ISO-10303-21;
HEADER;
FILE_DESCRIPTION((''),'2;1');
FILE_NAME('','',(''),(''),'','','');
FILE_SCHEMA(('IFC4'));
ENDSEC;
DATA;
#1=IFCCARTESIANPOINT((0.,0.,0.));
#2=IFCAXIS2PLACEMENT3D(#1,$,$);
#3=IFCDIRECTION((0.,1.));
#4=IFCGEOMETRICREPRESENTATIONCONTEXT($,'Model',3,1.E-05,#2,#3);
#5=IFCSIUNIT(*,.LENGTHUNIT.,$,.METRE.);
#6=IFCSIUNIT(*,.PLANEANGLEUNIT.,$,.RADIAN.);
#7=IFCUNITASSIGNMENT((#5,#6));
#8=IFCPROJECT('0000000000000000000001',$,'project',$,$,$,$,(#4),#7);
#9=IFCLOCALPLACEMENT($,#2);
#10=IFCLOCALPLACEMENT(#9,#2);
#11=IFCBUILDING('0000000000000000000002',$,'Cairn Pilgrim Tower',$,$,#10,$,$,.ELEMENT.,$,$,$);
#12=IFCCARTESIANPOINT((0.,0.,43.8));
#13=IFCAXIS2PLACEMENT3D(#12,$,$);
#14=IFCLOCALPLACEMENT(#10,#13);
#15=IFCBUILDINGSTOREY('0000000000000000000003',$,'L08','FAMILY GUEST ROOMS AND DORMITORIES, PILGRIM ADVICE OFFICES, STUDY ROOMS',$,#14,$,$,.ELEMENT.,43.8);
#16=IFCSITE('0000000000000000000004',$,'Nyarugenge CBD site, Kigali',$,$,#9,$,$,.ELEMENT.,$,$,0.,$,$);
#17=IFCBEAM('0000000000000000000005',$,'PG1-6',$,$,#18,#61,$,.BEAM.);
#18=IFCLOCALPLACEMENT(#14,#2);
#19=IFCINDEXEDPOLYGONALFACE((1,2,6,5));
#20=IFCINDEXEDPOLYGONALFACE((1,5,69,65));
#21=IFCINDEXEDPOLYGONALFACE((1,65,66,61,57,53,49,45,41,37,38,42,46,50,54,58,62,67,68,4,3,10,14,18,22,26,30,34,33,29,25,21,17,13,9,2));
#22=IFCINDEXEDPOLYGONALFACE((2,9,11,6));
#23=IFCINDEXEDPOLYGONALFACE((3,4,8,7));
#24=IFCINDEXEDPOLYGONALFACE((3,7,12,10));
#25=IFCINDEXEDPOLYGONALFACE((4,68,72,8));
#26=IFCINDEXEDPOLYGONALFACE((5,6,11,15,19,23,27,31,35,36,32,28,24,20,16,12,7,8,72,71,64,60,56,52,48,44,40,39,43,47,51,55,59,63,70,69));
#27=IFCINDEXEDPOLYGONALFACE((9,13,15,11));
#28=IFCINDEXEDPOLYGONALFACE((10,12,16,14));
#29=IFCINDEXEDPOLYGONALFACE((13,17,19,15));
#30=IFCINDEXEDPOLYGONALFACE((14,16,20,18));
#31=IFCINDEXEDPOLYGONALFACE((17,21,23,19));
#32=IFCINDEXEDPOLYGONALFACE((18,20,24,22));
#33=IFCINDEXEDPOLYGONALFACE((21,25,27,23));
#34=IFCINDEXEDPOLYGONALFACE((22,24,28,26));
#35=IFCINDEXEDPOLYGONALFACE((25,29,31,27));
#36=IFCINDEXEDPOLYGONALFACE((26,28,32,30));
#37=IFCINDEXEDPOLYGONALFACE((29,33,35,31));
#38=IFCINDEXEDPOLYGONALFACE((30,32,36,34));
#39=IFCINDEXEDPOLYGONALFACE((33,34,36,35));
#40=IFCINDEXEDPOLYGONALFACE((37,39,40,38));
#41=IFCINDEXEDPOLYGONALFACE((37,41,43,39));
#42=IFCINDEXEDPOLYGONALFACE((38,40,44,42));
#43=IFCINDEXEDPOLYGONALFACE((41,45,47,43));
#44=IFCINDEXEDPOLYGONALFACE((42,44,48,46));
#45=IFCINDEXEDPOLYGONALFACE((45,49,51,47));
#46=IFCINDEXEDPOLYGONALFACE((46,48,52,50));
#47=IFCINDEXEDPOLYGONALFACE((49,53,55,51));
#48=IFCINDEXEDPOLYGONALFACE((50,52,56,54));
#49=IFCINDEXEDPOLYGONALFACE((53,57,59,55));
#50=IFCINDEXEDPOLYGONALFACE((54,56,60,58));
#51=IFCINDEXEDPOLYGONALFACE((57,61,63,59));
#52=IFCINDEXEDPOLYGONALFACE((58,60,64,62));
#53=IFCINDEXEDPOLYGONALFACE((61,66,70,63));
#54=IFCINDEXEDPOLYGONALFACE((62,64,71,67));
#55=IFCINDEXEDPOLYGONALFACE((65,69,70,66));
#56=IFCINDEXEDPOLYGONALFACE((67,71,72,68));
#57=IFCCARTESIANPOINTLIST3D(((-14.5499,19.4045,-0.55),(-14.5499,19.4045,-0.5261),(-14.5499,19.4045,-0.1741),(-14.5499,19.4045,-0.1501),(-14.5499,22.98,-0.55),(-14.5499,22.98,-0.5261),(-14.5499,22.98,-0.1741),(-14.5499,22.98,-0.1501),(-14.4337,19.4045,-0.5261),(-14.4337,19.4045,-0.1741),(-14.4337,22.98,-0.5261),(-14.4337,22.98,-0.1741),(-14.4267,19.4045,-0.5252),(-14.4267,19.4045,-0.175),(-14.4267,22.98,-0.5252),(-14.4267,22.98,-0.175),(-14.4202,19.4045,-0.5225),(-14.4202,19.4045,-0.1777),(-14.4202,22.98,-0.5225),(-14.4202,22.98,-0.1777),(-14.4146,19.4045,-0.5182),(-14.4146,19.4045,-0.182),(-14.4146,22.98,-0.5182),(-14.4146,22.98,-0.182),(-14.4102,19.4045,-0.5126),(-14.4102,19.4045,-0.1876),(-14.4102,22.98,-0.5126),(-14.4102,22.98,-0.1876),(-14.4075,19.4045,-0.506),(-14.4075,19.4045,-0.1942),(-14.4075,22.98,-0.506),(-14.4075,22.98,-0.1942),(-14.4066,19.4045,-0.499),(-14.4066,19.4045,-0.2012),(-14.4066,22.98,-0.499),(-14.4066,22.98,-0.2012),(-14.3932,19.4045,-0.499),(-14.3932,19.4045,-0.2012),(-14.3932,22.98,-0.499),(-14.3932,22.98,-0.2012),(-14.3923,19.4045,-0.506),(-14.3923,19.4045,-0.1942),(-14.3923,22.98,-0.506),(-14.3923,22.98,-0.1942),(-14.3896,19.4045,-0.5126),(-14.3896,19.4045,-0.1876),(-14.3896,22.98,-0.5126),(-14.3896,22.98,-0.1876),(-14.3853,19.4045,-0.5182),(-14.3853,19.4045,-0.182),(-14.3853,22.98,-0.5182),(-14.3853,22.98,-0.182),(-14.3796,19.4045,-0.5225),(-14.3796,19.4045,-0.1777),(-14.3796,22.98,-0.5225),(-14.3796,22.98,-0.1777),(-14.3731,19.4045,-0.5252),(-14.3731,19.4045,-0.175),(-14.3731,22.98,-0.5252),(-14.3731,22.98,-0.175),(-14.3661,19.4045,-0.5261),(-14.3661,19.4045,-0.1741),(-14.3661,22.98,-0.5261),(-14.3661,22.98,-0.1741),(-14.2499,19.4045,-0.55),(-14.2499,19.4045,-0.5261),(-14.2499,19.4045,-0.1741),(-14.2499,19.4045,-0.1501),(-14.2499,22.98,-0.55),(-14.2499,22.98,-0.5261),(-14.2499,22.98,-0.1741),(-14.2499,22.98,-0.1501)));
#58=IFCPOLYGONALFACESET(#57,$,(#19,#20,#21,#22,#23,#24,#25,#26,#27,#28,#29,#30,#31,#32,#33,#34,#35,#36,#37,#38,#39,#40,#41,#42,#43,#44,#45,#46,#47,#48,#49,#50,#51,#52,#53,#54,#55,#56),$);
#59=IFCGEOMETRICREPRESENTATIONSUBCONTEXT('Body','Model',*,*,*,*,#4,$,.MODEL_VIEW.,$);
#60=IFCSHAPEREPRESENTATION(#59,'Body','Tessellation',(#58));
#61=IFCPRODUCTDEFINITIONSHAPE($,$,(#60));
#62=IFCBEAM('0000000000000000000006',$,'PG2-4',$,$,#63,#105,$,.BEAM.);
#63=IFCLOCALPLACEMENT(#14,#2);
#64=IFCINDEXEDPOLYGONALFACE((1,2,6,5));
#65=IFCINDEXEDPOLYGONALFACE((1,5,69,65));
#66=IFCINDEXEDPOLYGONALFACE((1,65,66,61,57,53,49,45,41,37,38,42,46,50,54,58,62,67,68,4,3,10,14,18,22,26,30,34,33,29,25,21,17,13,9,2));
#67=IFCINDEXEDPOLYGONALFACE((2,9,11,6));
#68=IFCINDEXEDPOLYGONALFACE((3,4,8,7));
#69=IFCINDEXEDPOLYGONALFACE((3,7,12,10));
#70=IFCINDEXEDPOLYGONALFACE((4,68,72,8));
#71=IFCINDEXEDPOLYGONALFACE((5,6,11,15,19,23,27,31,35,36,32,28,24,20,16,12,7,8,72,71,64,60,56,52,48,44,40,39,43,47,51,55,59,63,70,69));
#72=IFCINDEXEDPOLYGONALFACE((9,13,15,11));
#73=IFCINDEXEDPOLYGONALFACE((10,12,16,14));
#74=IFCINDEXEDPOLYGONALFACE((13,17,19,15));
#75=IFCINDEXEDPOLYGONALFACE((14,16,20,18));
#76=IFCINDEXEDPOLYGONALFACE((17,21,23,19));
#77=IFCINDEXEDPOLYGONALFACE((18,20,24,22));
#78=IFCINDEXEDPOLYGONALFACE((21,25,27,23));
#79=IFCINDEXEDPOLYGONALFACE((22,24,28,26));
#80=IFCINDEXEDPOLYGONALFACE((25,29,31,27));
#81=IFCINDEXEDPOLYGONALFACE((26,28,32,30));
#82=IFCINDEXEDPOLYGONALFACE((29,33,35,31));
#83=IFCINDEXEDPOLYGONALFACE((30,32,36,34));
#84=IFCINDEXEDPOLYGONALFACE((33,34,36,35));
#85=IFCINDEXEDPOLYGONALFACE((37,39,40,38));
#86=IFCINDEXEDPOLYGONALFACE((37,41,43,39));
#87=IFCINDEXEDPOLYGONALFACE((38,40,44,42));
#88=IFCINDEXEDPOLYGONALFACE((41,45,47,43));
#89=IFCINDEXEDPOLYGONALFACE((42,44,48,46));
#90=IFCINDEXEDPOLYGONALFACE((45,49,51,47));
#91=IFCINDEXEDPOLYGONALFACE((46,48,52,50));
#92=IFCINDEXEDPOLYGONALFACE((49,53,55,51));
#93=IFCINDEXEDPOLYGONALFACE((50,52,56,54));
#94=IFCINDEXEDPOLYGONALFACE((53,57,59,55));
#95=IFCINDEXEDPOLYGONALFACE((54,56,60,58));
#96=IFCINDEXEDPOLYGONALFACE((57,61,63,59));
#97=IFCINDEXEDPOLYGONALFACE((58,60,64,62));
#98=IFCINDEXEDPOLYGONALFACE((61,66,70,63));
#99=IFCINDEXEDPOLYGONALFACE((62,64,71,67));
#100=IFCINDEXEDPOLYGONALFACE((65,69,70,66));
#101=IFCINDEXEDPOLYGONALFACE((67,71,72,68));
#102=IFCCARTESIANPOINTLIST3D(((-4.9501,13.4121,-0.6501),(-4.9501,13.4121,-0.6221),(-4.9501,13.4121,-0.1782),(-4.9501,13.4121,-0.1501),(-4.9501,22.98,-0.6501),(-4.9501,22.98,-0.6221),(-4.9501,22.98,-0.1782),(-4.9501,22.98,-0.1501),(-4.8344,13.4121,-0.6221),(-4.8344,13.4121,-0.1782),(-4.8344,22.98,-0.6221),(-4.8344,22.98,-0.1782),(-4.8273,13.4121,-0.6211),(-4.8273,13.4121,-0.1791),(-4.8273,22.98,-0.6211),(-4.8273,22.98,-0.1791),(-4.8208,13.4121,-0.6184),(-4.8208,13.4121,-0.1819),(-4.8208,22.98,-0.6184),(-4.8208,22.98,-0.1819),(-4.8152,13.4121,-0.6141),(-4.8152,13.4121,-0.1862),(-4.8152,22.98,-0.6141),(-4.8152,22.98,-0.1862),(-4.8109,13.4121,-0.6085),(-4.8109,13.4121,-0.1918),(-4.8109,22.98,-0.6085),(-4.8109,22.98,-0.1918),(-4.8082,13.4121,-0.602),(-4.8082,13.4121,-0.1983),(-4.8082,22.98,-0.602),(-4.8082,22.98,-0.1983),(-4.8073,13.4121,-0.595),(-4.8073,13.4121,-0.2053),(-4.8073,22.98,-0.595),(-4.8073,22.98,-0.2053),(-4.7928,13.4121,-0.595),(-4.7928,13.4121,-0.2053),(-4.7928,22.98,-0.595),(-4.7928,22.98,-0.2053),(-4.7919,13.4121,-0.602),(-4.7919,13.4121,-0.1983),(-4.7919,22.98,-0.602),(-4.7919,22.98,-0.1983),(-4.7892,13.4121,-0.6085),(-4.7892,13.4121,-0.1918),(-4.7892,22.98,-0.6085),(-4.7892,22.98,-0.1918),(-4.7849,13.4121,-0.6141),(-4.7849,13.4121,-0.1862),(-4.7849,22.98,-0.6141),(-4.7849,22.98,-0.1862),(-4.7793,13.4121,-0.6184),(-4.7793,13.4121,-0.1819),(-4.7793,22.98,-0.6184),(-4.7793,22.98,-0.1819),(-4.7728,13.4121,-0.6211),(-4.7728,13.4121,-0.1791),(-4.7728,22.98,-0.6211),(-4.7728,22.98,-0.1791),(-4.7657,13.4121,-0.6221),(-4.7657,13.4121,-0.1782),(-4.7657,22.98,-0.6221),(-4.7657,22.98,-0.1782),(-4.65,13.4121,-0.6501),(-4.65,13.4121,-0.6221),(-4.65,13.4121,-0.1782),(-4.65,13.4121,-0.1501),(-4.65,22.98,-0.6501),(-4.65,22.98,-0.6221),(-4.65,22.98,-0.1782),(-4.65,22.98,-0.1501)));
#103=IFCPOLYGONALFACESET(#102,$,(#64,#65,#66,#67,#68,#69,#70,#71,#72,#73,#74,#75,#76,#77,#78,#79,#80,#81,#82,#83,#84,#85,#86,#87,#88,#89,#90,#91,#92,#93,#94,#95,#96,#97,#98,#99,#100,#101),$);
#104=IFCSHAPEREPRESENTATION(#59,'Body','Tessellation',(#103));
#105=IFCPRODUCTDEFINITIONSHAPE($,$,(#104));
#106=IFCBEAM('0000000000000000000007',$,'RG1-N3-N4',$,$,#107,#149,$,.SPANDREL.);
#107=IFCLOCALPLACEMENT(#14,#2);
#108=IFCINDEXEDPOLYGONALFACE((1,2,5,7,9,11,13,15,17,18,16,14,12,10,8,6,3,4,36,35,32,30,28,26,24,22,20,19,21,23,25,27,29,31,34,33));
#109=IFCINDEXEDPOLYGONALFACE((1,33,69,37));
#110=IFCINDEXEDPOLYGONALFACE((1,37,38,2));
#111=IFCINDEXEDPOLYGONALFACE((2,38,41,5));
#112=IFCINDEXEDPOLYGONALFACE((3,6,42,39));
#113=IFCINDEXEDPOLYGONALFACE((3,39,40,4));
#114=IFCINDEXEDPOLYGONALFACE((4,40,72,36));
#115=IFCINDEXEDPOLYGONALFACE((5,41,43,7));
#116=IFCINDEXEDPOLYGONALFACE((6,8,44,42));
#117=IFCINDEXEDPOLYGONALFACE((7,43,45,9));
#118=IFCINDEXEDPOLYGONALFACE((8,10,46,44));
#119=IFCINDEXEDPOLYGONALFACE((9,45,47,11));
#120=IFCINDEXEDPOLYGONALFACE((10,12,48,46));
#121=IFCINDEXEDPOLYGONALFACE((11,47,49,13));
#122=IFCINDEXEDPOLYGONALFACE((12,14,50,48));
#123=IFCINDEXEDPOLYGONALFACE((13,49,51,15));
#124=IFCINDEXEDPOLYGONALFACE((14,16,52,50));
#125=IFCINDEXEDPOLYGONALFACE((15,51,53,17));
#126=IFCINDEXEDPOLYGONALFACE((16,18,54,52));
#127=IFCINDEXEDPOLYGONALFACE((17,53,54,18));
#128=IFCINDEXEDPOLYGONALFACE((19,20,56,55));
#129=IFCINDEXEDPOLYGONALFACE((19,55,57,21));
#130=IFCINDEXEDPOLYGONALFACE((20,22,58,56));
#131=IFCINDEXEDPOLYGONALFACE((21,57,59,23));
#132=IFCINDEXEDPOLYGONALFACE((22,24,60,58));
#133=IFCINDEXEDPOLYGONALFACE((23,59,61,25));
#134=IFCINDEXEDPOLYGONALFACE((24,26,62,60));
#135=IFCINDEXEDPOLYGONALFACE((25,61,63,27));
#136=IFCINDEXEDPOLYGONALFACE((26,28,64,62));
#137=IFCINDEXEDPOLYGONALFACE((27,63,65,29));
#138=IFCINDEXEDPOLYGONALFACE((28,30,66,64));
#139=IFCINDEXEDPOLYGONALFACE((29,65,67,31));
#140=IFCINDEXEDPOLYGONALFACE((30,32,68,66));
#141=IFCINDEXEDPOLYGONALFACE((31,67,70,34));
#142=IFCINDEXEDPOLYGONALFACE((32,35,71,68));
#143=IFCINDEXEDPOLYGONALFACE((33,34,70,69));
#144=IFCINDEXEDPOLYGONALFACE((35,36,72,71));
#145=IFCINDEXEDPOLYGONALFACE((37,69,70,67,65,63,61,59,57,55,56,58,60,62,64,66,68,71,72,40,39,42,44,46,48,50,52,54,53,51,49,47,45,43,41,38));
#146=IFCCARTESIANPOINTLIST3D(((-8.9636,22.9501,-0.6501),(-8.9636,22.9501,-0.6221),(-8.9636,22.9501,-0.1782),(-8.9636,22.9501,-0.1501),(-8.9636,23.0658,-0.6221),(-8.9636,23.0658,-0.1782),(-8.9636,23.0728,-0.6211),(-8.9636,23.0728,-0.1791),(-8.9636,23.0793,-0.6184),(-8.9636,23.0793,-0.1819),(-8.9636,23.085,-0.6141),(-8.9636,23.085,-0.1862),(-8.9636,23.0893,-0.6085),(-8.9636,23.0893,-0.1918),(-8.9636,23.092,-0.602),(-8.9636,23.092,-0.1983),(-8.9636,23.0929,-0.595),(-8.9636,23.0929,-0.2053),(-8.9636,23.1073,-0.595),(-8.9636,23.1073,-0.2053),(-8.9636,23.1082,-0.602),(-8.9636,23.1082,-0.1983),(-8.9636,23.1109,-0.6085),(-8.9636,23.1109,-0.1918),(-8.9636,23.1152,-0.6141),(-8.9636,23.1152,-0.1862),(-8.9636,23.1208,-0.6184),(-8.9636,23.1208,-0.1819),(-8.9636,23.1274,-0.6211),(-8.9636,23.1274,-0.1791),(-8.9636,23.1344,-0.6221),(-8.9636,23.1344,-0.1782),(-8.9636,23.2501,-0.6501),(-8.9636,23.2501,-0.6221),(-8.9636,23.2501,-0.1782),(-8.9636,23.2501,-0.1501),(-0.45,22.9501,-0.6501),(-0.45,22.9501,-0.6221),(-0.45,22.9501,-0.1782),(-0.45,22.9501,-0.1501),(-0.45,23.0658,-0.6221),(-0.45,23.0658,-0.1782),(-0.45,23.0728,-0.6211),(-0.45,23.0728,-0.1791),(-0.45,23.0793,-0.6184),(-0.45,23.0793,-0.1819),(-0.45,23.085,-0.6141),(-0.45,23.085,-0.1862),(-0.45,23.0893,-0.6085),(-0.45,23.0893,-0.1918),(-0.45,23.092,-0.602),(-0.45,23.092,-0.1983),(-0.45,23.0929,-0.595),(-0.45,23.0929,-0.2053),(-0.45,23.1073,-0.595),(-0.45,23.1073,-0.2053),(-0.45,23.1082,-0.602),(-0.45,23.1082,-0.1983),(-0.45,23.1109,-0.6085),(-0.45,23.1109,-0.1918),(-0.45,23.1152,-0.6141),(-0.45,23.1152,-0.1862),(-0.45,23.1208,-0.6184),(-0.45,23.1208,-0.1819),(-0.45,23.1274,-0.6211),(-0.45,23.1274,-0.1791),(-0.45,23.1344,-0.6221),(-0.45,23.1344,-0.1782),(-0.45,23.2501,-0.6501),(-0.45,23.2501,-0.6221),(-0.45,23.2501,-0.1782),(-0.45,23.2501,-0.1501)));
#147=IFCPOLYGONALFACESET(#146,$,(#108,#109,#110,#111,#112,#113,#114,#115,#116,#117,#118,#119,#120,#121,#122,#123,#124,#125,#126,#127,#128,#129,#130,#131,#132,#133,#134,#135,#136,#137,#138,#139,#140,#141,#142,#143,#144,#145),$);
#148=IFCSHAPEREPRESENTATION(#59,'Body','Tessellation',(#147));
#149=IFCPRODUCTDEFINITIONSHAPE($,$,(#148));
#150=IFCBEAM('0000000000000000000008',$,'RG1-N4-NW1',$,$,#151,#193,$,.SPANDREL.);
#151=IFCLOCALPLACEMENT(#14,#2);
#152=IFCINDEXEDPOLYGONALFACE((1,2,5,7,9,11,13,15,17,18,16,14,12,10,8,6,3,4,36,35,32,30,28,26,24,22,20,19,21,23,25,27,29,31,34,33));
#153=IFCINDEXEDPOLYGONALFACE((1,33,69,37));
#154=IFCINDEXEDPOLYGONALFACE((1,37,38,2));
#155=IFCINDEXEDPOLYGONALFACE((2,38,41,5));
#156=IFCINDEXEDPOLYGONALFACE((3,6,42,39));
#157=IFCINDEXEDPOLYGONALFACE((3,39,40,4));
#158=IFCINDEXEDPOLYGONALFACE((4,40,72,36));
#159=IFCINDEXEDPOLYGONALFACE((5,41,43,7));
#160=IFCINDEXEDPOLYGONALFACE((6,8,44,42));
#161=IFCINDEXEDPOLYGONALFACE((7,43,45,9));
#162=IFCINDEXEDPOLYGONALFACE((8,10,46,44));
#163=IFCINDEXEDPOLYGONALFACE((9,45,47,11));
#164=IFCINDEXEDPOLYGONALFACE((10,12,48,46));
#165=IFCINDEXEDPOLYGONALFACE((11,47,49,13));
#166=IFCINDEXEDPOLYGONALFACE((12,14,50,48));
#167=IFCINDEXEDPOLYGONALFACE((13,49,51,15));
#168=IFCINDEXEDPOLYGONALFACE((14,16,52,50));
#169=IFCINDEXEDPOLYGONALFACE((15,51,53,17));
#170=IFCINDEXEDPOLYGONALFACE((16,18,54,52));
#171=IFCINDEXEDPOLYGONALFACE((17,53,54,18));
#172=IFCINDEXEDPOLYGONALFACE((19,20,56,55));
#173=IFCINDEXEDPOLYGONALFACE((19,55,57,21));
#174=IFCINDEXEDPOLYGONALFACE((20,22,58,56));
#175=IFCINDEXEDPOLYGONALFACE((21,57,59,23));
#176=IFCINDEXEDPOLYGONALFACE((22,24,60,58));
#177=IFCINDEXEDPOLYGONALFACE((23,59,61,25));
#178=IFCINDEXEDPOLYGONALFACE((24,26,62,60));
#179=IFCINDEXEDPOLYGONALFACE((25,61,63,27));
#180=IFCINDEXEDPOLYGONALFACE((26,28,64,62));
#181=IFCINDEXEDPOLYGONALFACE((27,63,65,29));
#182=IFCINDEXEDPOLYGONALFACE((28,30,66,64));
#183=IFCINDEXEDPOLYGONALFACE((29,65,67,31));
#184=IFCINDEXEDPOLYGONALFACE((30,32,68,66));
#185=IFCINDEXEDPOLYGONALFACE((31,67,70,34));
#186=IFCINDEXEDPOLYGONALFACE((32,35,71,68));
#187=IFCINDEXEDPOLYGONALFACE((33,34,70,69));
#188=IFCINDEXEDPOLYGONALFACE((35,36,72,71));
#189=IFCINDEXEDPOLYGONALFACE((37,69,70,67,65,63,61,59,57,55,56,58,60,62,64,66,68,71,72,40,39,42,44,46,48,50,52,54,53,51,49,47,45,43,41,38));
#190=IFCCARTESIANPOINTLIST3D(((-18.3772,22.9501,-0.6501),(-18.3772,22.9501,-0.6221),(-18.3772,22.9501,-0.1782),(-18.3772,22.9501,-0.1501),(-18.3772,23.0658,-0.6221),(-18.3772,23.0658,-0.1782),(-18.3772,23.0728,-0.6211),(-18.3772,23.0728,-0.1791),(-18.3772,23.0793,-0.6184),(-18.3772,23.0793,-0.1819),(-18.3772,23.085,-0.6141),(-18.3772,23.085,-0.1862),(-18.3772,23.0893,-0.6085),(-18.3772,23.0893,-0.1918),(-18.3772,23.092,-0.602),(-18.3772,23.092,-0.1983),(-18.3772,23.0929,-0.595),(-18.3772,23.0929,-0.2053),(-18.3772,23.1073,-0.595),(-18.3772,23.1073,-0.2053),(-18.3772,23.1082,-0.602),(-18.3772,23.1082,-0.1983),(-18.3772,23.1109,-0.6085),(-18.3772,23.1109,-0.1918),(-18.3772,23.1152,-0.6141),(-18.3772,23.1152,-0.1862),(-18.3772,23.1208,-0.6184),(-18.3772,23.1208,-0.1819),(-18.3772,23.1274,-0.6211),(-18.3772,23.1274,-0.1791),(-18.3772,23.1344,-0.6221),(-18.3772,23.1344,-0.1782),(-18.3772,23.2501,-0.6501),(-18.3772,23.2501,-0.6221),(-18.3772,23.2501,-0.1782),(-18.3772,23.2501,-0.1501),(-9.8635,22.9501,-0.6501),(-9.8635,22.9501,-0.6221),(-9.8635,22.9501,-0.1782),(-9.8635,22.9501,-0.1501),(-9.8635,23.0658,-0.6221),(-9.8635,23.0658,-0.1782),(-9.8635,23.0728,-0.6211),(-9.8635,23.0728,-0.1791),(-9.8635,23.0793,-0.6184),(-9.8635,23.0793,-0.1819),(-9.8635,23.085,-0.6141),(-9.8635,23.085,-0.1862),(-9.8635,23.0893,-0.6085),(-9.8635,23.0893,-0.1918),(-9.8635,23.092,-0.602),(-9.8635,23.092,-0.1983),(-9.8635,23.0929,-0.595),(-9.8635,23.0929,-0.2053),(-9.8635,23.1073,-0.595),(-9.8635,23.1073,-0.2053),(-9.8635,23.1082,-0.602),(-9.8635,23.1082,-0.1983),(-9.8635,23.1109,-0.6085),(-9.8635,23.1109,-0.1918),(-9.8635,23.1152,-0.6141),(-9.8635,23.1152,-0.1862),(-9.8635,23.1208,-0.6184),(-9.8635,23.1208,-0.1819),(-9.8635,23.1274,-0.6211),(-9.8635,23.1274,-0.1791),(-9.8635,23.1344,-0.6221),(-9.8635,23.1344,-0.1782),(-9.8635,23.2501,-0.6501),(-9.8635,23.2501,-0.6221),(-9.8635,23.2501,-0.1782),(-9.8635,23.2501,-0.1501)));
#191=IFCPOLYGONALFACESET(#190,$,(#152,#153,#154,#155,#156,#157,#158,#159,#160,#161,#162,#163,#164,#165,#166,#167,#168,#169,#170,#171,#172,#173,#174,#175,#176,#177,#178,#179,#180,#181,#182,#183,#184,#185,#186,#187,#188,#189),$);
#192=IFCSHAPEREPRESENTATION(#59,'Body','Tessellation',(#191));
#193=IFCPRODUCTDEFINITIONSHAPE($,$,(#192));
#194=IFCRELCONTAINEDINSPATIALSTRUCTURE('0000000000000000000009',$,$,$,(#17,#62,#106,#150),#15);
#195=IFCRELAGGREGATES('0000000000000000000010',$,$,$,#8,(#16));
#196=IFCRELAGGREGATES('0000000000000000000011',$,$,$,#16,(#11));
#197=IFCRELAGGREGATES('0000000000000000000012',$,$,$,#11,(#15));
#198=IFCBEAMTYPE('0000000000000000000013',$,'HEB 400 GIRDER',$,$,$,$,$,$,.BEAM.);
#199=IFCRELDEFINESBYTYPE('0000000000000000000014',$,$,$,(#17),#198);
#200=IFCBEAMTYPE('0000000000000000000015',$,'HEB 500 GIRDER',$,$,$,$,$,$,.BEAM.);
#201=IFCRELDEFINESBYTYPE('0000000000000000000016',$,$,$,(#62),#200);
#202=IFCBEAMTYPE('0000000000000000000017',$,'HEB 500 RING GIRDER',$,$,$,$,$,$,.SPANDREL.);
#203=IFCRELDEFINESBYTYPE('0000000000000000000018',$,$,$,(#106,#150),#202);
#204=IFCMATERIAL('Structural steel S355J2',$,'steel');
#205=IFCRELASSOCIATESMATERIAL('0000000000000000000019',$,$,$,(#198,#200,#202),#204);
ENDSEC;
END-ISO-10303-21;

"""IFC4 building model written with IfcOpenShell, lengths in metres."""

from ifc_helpers import new_model, si_unit, direction, frame, origin, origin_2d, place, context, subcontext, project, spatial, i_section, extrude, material, material_profile, profile_set, type_object, element, save


model = new_model("IFC4")

# Units and contexts
model_context = context("Model", 3, precision=1e-05, world=origin(), true_north=direction((0.0, 1.0)))
body_context = subcontext(model_context, "Body", "Model", "MODEL_VIEW")
ifc_project = project(units=[si_unit("LENGTHUNIT", "METRE"), si_unit("PLANEANGLEUNIT", "RADIAN")], contexts=[model_context])

# Site, building, storey
site_placement = place(None, origin())
site = spatial("IfcSite", under=ifc_project, at=site_placement, Name="Nyarugenge CBD site, Kigali", CompositionType="ELEMENT", RefElevation=0.0)
building_placement = place(site_placement, origin())
building = spatial("IfcBuilding", under=site, at=building_placement, Name="Cairn Pilgrim Tower", CompositionType="ELEMENT")
storey_placement = place(building_placement, frame((0.0, 0.0, 43.8)))
storey = spatial("IfcBuildingStorey", under=building, at=storey_placement, Name="L08", Description="FAMILY GUEST ROOMS AND DORMITORIES, PILGRIM ADVICE OFFICES, STUDY ROOMS", CompositionType="ELEMENT", Elevation=43.8)

# Beams
ifc_material_1 = material(Name="Structural steel S355J2", Category="steel")
ifc_material_profile_1 = material_profile(ifc_material_1, i_section(OverallWidth=0.3, OverallDepth=0.3999, WebThickness=0.0134, FlangeThickness=0.0239, FilletRadius=0.0271, at=origin_2d()), Name="HEB 400")
ifc_profile_set_1 = profile_set([ifc_material_profile_1], Name="Structural steel S355J2")
beam_type_1 = type_object("IfcBeamType", Name="HEB 400 GIRDER", PredefinedType="BEAM", material=ifc_profile_set_1)
beam_1_placement = place(storey_placement, frame((-14.3999, 19.4045, -0.3501), z_axis=(0.0, 1.0, 0.0), x_axis=(-1.0, 0.0, 0.0)))
element("IfcBeam", 1, at=beam_1_placement, inside=storey, type_object=beam_type_1, Name="PG1-6", PredefinedType="BEAM", context=body_context, shape_type="SweptSolid", body=[
    extrude(i_section(OverallWidth=0.3, OverallDepth=0.3999, WebThickness=0.0134, FlangeThickness=0.0239, FilletRadius=0.0271, at=origin_2d()), origin(), (0.0, 0.0, 1.0), 3.5754),
])
ifc_material_profile_2 = material_profile(ifc_material_1, i_section(OverallWidth=0.3, OverallDepth=0.5, WebThickness=0.0144, FlangeThickness=0.0281, FilletRadius=0.0271, at=origin_2d()), Name="HEB 500")
ifc_profile_set_2 = profile_set([ifc_material_profile_2], Name="Structural steel S355J2")
beam_type_2 = type_object("IfcBeamType", Name="HEB 500 GIRDER", PredefinedType="BEAM", material=ifc_profile_set_2)
beam_2_placement = place(storey_placement, frame((-4.8, 13.4121, -0.4001), z_axis=(0.0, 1.0, 0.0), x_axis=(-1.0, 0.0, 0.0)))
element("IfcBeam", 2, at=beam_2_placement, inside=storey, type_object=beam_type_2, Name="PG2-4", PredefinedType="BEAM", context=body_context, shape_type="SweptSolid", body=[
    extrude(i_section(OverallWidth=0.3, OverallDepth=0.5, WebThickness=0.0144, FlangeThickness=0.0281, FilletRadius=0.0271, at=origin_2d()), origin(), (0.0, 0.0, 1.0), 9.5679),
])
ifc_material_profile_3 = material_profile(ifc_material_1, i_section(OverallWidth=0.3, OverallDepth=0.5, WebThickness=0.0144, FlangeThickness=0.0281, FilletRadius=0.0271, at=origin_2d()), Name="HEB 500")
ifc_profile_set_3 = profile_set([ifc_material_profile_3], Name="Structural steel S355J2")
beam_type_3 = type_object("IfcBeamType", Name="HEB 500 RING GIRDER", PredefinedType="SPANDREL", material=ifc_profile_set_3)
for number, where, z_axis, x_axis, name in (
    (3, (-0.45, 23.1001, -0.4001), (-1.0, 0.0, 0.0), (0.0, -1.0, 0.0), "RG1-N3-N4"),
    (4, (-9.8635, 23.1001, -0.4001), (-1.0, 0.0, 0.0), (0.0, -1.0, 0.0), "RG1-N4-NW1"),
):
    element("IfcBeam", number, at=place(storey_placement, frame(where, z_axis=z_axis, x_axis=x_axis)), inside=storey, type_object=beam_type_3, Name=name, PredefinedType="SPANDREL", context=body_context, shape_type="SweptSolid", body=[
        extrude(i_section(OverallWidth=0.3, OverallDepth=0.5, WebThickness=0.0144, FlangeThickness=0.0281, FilletRadius=0.0271, at=origin_2d()), origin(), (0.0, 0.0, 1.0), 8.5137),
    ])

save(model, "model.ifc")
